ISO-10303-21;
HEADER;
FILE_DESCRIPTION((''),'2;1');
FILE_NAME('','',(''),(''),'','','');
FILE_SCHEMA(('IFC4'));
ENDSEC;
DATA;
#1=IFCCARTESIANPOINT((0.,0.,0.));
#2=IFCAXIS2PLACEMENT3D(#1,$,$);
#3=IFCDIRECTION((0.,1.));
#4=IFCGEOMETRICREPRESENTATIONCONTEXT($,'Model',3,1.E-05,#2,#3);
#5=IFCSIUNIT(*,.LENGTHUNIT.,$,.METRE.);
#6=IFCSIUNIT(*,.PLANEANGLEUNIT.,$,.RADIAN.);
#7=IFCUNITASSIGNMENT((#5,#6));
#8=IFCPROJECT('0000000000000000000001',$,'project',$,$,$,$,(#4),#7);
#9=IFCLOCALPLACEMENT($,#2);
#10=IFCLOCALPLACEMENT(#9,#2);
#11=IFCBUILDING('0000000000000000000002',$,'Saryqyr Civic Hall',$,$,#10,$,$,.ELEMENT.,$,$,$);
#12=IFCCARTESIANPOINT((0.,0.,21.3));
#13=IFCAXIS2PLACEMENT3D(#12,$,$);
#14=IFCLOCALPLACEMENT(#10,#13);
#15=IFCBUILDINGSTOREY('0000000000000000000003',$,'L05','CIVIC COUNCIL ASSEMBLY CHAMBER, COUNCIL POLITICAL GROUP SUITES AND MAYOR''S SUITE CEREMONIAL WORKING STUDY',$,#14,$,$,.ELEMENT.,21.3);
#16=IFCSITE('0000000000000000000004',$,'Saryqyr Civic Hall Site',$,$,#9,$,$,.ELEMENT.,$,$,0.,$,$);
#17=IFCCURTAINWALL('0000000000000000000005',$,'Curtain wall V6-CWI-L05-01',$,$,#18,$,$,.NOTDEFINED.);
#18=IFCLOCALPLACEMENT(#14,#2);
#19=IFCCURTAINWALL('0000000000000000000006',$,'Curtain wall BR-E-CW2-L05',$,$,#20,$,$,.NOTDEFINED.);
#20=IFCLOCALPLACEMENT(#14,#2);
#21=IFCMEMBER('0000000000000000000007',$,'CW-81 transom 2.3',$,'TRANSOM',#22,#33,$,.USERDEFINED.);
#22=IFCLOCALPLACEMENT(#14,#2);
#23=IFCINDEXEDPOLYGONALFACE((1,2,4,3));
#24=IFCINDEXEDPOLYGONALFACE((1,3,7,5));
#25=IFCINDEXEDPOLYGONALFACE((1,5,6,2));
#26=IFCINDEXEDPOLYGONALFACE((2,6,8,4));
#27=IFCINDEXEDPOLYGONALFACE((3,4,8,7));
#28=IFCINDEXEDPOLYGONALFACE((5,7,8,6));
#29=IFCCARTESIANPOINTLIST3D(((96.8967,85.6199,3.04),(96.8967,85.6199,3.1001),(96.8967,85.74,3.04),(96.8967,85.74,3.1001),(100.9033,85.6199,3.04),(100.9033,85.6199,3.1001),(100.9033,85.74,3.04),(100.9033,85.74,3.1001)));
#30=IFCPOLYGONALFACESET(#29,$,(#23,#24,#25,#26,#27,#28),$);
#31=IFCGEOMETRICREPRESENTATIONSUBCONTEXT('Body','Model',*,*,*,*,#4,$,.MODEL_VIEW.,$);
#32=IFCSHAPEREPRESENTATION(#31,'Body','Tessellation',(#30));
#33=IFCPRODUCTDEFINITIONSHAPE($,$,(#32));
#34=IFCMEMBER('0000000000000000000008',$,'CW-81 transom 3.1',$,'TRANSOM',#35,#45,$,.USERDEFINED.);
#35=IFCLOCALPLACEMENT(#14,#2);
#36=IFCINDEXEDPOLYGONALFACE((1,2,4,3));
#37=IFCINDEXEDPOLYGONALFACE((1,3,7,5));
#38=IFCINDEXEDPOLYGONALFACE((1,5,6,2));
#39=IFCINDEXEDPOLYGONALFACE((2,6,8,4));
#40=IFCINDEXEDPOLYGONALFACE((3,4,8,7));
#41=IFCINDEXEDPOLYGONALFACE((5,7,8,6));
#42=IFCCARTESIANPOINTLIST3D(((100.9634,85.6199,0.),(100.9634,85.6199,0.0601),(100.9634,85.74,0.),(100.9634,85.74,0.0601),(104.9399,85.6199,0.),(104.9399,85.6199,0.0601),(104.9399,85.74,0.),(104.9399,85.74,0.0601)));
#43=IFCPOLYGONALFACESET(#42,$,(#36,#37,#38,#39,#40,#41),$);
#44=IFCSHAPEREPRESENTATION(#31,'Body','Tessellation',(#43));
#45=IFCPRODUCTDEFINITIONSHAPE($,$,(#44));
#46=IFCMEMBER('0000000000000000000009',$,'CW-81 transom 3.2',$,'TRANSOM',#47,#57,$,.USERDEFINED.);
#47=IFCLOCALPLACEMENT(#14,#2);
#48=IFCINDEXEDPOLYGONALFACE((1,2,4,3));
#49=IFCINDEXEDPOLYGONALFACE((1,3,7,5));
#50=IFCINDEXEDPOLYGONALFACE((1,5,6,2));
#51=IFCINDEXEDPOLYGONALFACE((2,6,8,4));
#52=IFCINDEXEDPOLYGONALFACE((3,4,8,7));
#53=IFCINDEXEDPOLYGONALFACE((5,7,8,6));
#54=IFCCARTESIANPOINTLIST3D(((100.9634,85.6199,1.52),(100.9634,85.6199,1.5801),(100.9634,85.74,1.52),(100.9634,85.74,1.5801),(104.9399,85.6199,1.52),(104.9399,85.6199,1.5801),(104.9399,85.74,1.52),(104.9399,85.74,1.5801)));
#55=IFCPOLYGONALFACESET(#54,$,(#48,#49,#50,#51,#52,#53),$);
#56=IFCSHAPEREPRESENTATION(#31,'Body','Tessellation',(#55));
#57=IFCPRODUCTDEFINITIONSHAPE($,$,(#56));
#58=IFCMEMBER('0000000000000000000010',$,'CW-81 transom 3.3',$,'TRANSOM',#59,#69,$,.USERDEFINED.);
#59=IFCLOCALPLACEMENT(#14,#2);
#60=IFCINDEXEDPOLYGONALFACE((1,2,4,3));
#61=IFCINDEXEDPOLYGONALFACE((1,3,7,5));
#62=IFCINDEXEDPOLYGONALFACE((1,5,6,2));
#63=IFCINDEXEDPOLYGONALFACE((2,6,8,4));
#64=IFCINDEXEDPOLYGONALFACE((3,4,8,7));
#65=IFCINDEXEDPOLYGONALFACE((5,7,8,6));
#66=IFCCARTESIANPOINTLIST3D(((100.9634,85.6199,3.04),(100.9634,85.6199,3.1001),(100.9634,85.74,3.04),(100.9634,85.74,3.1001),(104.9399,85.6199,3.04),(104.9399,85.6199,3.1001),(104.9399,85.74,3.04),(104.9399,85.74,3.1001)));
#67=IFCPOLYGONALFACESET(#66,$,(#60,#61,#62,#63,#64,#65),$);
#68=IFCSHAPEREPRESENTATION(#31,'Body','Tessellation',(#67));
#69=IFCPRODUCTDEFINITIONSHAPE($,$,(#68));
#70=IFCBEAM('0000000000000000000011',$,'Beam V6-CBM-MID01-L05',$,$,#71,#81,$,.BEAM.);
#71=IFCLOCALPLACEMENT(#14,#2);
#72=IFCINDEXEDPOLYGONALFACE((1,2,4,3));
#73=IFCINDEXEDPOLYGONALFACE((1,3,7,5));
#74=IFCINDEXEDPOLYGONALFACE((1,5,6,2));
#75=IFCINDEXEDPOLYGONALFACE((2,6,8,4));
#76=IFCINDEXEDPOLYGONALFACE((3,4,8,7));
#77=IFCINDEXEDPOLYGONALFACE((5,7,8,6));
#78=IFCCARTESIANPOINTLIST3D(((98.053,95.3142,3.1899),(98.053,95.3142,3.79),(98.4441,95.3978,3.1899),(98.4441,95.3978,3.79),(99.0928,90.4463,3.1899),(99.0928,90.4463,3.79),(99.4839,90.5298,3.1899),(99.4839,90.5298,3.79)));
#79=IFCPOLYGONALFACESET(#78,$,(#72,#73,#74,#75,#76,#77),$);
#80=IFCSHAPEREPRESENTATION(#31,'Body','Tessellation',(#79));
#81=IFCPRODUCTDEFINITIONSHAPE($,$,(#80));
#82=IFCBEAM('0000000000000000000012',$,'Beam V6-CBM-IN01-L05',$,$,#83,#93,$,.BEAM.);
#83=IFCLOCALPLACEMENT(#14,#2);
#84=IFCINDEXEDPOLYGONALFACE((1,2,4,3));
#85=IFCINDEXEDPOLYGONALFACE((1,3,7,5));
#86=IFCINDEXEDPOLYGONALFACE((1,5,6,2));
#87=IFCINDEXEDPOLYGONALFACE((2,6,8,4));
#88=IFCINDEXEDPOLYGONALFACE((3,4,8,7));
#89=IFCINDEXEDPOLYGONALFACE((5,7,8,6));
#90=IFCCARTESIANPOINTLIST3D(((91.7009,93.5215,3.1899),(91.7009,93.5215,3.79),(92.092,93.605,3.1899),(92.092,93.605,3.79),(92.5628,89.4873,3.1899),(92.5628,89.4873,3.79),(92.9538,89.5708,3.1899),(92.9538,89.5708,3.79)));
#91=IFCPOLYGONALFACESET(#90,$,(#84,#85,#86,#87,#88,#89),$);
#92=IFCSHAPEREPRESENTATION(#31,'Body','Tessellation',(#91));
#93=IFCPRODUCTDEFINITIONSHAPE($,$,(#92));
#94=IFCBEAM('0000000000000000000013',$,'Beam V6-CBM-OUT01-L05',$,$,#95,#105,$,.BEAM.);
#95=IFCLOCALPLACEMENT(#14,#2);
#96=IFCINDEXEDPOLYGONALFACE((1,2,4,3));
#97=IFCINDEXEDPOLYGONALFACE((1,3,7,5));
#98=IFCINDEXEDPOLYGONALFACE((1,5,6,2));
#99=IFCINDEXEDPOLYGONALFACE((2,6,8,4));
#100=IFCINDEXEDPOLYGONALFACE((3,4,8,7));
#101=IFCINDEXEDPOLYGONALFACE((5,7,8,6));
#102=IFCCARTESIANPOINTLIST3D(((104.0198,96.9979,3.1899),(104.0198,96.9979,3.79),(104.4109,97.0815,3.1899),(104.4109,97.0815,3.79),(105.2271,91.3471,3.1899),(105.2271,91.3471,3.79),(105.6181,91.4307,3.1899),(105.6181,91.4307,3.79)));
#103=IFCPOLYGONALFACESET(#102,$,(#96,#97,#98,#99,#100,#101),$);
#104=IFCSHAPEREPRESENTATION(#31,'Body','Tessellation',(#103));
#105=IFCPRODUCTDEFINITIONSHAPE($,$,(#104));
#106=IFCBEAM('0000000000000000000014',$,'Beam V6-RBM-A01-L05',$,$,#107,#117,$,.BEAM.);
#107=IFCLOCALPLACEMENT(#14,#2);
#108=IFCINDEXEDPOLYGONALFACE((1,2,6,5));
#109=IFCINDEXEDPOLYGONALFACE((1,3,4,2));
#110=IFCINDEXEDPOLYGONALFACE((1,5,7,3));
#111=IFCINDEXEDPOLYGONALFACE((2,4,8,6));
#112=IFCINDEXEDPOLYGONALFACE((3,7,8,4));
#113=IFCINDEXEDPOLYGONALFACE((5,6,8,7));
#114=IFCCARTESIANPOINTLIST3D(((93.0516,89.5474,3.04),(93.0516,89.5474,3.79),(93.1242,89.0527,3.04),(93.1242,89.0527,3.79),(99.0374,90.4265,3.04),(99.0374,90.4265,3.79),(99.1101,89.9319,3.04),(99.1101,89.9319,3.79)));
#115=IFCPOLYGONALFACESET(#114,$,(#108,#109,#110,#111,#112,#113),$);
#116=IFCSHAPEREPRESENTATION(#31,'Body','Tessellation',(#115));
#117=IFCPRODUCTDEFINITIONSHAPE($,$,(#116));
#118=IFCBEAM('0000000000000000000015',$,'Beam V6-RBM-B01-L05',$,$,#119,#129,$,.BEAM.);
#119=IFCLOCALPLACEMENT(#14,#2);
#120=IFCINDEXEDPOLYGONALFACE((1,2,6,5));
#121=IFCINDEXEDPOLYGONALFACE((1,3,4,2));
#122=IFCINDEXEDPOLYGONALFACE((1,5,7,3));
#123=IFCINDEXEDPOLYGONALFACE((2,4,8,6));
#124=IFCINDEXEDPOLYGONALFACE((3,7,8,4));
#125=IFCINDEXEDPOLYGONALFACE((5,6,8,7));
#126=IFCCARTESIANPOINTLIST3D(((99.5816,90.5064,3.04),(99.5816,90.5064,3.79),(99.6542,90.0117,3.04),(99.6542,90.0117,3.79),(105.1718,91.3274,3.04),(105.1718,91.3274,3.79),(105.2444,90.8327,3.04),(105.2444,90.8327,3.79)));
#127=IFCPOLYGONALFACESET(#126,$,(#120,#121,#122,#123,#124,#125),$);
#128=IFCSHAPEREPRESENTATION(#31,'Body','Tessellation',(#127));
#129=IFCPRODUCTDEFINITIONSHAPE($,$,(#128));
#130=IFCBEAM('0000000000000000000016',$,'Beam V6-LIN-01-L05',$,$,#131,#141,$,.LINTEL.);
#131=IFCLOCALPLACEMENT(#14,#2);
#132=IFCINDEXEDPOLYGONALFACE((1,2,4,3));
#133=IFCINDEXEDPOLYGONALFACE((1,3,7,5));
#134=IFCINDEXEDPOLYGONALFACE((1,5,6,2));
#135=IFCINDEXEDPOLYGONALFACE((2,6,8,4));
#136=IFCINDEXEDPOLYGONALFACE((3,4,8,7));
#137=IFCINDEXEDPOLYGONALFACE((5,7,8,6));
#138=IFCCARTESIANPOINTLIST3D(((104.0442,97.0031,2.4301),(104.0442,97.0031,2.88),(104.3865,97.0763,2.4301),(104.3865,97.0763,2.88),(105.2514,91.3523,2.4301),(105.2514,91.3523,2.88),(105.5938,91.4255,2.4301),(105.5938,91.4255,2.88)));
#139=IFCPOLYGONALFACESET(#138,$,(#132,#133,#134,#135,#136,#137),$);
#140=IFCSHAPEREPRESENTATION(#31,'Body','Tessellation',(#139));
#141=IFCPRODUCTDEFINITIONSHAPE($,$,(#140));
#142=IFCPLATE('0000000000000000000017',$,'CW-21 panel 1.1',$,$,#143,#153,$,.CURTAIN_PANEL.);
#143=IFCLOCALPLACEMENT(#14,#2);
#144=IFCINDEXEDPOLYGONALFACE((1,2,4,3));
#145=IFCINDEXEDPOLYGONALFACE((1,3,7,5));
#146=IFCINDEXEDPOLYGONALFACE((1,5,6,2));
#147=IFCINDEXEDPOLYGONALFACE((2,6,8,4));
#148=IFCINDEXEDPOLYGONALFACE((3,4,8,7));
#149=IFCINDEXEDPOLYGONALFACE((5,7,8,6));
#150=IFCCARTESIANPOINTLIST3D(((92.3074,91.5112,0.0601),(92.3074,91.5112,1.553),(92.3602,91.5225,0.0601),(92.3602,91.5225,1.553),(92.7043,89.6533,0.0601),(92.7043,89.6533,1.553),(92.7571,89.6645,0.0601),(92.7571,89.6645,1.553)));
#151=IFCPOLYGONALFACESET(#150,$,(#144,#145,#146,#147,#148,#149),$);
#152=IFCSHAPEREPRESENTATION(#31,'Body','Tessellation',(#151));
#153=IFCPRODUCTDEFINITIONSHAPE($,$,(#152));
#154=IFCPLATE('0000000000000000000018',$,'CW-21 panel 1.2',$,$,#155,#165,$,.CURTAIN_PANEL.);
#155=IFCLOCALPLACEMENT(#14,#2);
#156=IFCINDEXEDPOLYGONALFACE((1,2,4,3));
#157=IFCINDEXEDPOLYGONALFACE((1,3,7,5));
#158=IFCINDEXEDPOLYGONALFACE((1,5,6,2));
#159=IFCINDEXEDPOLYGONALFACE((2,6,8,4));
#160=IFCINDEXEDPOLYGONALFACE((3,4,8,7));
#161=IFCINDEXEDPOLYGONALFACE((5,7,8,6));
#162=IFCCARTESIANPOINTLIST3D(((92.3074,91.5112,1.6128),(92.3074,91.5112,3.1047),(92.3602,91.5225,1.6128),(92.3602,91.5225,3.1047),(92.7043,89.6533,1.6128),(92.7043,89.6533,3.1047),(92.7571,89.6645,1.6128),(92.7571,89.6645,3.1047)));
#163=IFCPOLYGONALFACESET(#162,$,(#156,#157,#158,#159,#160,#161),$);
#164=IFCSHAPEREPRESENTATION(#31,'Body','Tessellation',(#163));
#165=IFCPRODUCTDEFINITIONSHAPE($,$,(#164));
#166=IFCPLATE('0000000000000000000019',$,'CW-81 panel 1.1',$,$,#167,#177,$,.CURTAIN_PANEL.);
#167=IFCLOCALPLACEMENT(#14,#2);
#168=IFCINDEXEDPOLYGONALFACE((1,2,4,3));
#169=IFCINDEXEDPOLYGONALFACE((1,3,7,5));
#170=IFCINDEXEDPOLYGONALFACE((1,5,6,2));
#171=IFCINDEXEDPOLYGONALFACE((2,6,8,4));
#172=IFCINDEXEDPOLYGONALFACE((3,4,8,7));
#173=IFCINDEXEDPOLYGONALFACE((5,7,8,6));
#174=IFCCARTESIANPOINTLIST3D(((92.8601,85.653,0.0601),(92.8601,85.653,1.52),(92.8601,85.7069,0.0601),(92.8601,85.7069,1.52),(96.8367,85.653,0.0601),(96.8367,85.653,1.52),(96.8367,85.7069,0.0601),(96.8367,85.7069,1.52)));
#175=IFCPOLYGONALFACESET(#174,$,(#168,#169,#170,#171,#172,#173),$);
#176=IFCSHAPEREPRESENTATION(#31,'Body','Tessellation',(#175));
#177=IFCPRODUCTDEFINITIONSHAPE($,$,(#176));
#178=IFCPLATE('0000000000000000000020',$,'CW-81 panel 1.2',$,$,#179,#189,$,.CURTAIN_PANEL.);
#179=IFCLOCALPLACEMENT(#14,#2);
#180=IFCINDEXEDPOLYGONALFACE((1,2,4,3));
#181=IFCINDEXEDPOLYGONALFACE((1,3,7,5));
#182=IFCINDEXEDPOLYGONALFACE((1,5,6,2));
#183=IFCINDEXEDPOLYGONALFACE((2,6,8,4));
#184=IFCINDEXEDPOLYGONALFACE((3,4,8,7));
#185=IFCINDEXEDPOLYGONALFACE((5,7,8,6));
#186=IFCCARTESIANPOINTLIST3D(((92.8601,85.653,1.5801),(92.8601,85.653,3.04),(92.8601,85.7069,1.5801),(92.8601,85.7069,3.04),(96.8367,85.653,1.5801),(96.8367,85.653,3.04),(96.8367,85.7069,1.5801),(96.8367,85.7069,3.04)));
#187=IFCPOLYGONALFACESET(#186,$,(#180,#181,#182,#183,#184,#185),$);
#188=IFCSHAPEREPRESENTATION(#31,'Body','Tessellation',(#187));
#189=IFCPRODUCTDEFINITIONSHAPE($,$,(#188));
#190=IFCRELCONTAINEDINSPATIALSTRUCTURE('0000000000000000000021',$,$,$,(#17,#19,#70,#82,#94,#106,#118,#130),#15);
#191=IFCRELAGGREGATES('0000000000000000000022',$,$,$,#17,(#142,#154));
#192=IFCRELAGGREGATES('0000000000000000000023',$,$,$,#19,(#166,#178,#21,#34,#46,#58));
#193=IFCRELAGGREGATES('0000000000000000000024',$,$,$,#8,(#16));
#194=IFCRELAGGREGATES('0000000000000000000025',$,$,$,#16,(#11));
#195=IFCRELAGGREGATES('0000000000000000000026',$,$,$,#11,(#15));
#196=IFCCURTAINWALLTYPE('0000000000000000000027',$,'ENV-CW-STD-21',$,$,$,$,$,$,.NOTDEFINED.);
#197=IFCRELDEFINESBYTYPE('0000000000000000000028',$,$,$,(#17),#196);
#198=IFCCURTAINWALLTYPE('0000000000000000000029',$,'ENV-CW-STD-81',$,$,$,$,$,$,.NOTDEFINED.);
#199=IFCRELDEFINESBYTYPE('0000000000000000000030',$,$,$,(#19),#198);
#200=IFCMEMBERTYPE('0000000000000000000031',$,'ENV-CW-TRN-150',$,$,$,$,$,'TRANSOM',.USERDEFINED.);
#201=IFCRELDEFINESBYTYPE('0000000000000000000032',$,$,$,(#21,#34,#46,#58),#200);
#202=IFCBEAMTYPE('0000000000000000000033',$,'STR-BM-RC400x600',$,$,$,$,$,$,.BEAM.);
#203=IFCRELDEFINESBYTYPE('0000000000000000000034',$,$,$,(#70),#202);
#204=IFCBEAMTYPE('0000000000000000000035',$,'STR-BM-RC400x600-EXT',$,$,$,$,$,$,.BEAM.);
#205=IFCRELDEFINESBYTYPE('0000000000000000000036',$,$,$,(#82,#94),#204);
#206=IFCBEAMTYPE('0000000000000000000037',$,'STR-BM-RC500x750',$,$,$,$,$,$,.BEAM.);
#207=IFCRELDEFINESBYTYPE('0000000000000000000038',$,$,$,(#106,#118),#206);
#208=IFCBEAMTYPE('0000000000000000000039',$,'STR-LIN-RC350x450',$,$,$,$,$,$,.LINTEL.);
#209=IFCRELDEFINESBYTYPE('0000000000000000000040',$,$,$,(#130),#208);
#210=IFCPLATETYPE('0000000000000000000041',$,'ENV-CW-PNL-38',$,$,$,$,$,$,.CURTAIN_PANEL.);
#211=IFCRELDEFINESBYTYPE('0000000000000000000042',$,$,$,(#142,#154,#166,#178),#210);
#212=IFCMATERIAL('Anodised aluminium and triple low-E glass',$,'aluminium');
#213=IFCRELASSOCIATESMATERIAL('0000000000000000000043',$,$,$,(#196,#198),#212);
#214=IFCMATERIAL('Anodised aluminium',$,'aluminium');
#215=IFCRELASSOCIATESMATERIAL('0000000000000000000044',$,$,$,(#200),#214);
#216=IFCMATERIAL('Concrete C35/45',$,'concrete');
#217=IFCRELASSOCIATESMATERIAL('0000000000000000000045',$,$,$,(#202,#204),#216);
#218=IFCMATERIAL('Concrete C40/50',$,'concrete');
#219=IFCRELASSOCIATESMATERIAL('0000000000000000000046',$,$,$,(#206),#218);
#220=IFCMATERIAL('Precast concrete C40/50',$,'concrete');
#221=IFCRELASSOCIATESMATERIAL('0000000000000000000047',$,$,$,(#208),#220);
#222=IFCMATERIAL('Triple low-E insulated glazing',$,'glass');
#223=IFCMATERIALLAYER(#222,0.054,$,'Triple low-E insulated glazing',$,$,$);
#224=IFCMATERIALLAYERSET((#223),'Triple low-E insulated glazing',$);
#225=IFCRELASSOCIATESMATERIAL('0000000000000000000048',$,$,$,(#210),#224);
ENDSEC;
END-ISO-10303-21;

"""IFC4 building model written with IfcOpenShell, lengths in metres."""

from ifc_helpers import new_model, si_unit, direction, frame, origin, origin_2d, place, context, subcontext, project, spatial, rectangle, extrude, material, layer, layer_set, material_profile, profile_set, type_object, element, aggregate, save


model = new_model("IFC4")

# Units and contexts
model_context = context("Model", 3, precision=1e-05, world=origin(), true_north=direction((0.0, 1.0)))
body_context = subcontext(model_context, "Body", "Model", "MODEL_VIEW")
ifc_project = project(units=[si_unit("LENGTHUNIT", "METRE"), si_unit("PLANEANGLEUNIT", "RADIAN")], contexts=[model_context])

# Site, building, storey
site_placement = place(None, origin())
site = spatial("IfcSite", under=ifc_project, at=site_placement, Name="Saryqyr Civic Hall Site", CompositionType="ELEMENT", RefElevation=0.0)
building_placement = place(site_placement, origin())
building = spatial("IfcBuilding", under=site, at=building_placement, Name="Saryqyr Civic Hall", CompositionType="ELEMENT")
storey_placement = place(building_placement, frame((0.0, 0.0, 21.3)))
storey = spatial("IfcBuildingStorey", under=building, at=storey_placement, Name="L05", Description="CIVIC COUNCIL ASSEMBLY CHAMBER, COUNCIL POLITICAL GROUP SUITES AND MAYOR'S SUITE CEREMONIAL WORKING STUDY", CompositionType="ELEMENT", Elevation=21.3)

# Shared definitions
ifc_material_1 = material(Name="Concrete C40/50", Category="concrete")

# Shared definitions
ifc_material_2 = material(Name="Anodised aluminium and triple low-E glass", Category="aluminium")
ifc_material_3 = material(Name="Anodised aluminium", Category="aluminium")

# Curtain walls, members
curtain_wall_type_1 = type_object("IfcCurtainWallType", Name="ENV-CW-STD-21", PredefinedType="NOTDEFINED", material=ifc_material_2)
curtain_wall_1_placement = place(storey_placement, origin())
curtain_wall_1 = element("IfcCurtainWall", 1, at=curtain_wall_1_placement, inside=storey, type_object=curtain_wall_type_1, Name="Curtain wall V6-CWI-L05-01", PredefinedType="NOTDEFINED")
ifc_material_profile_1 = material_profile(ifc_material_3, rectangle(XDim=0.1201, YDim=0.0601, at=origin_2d()), Name="ALU TRANSOM 120x60")
ifc_profile_set_1 = profile_set([ifc_material_profile_1], Name="Anodised aluminium")
member_type_1 = type_object("IfcMemberType", Name="ENV-CW-TRN-150", ElementType="TRANSOM", PredefinedType="USERDEFINED", material=ifc_profile_set_1)
curtain_wall_type_2 = type_object("IfcCurtainWallType", Name="ENV-CW-STD-81", PredefinedType="NOTDEFINED", material=ifc_material_2)
curtain_wall_2_placement = place(storey_placement, origin())
curtain_wall_2 = element("IfcCurtainWall", 2, at=curtain_wall_2_placement, inside=storey, type_object=curtain_wall_type_2, Name="Curtain wall BR-E-CW2-L05", PredefinedType="NOTDEFINED")
member_1_placement = place(storey_placement, frame((96.8967, 85.6799, 3.0701), z_axis=(1.0, 0.0, 0.0), x_axis=(0.0, 1.0, 0.0)))
member_1 = element("IfcMember", 3, at=member_1_placement, type_object=member_type_1, Name="CW-81 transom 2.3", ObjectType="TRANSOM", PredefinedType="USERDEFINED", context=body_context, shape_type="SweptSolid", body=[
    extrude(rectangle(XDim=0.1201, YDim=0.0601, at=origin_2d()), origin(), (0.0, 0.0, 1.0), 4.0066),
])
member_2_placement = place(storey_placement, frame((100.9634, 85.6799, 0.03), z_axis=(1.0, 0.0, 0.0), x_axis=(0.0, 1.0, 0.0)))
member_2 = element("IfcMember", 4, at=member_2_placement, type_object=member_type_1, Name="CW-81 transom 3.1", ObjectType="TRANSOM", PredefinedType="USERDEFINED", context=body_context, shape_type="SweptSolid", body=[
    extrude(rectangle(XDim=0.1201, YDim=0.0601, at=origin_2d()), origin(), (0.0, 0.0, 1.0), 3.9766),
])
member_3_placement = place(storey_placement, frame((100.9634, 85.6799, 1.55), z_axis=(1.0, 0.0, 0.0), x_axis=(0.0, 1.0, 0.0)))
member_3 = element("IfcMember", 5, at=member_3_placement, type_object=member_type_1, Name="CW-81 transom 3.2", ObjectType="TRANSOM", PredefinedType="USERDEFINED", context=body_context, shape_type="SweptSolid", body=[
    extrude(rectangle(XDim=0.1201, YDim=0.0601, at=origin_2d()), origin(), (0.0, 0.0, 1.0), 3.9766),
])
member_4_placement = place(storey_placement, frame((100.9634, 85.6799, 3.0701), z_axis=(1.0, 0.0, 0.0), x_axis=(0.0, 1.0, 0.0)))
member_4 = element("IfcMember", 6, at=member_4_placement, type_object=member_type_1, Name="CW-81 transom 3.3", ObjectType="TRANSOM", PredefinedType="USERDEFINED", context=body_context, shape_type="SweptSolid", body=[
    extrude(rectangle(XDim=0.1201, YDim=0.0601, at=origin_2d()), origin(), (0.0, 0.0, 1.0), 3.9766),
])

# Beams
ifc_material_4 = material(Name="Concrete C35/45", Category="concrete")
ifc_material_profile_2 = material_profile(ifc_material_4, rectangle(XDim=0.3999, YDim=0.6001, at=origin_2d()), Name="RC 400x600")
ifc_profile_set_2 = profile_set([ifc_material_profile_2], Name="Concrete C35/45")
beam_type_1 = type_object("IfcBeamType", Name="STR-BM-RC400x600", PredefinedType="BEAM", material=ifc_profile_set_2)
beam_1_placement = place(storey_placement, frame((99.2883, 90.488, 3.49), z_axis=(-0.208889, 0.977939, 0.0), x_axis=(-0.977939, -0.208889, 0.0)))
element("IfcBeam", 7, at=beam_1_placement, inside=storey, type_object=beam_type_1, Name="Beam V6-CBM-MID01-L05", PredefinedType="BEAM", context=body_context, shape_type="SweptSolid", body=[
    extrude(rectangle(XDim=0.3999, YDim=0.6001, at=origin_2d()), origin(), (0.0, 0.0, 1.0), 4.9778),
])
ifc_material_profile_3 = material_profile(ifc_material_4, rectangle(XDim=0.3999, YDim=0.6001, at=origin_2d()), Name="RC 400x600")
ifc_profile_set_3 = profile_set([ifc_material_profile_3], Name="Concrete C35/45")
beam_type_2 = type_object("IfcBeamType", Name="STR-BM-RC400x600-EXT", PredefinedType="BEAM", material=ifc_profile_set_3)
beam_2_placement = place(storey_placement, frame((92.7583, 89.5291, 3.49), z_axis=(-0.208915, 0.977934, 0.0), x_axis=(-0.977934, -0.208915, 0.0)))
element("IfcBeam", 8, at=beam_2_placement, inside=storey, type_object=beam_type_2, Name="Beam V6-CBM-IN01-L05", PredefinedType="BEAM", context=body_context, shape_type="SweptSolid", body=[
    extrude(rectangle(XDim=0.3999, YDim=0.6001, at=origin_2d()), origin(), (0.0, 0.0, 1.0), 4.1252),
])
beam_3_placement = place(storey_placement, frame((105.4226, 91.3889, 3.49), z_axis=(-0.208929, 0.977931, 0.0), x_axis=(-0.977931, -0.208929, 0.0)))
element("IfcBeam", 9, at=beam_3_placement, inside=storey, type_object=beam_type_2, Name="Beam V6-CBM-OUT01-L05", PredefinedType="BEAM", context=body_context, shape_type="SweptSolid", body=[
    extrude(rectangle(XDim=0.3999, YDim=0.6001, at=origin_2d()), origin(), (0.0, 0.0, 1.0), 5.7783),
])
ifc_material_profile_4 = material_profile(ifc_material_1, rectangle(XDim=0.5, YDim=0.75, at=origin_2d()), Name="RC 500x750")
ifc_profile_set_4 = profile_set([ifc_material_profile_4], Name="Concrete C40/50")
beam_type_3 = type_object("IfcBeamType", Name="STR-BM-RC500x750", PredefinedType="BEAM", material=ifc_profile_set_4)
beam_4_placement = place(storey_placement, frame((93.0879, 89.3, 3.415), z_axis=(0.989386, 0.145313, 0.0), x_axis=(-0.145313, 0.989386, 0.0)))
element("IfcBeam", 10, at=beam_4_placement, inside=storey, type_object=beam_type_3, Name="Beam V6-RBM-A01-L05", PredefinedType="BEAM", context=body_context, shape_type="SweptSolid", body=[
    extrude(rectangle(XDim=0.5, YDim=0.75, at=origin_2d()), origin(), (0.0, 0.0, 1.0), 6.05),
])
beam_5_placement = place(storey_placement, frame((99.6179, 90.259, 3.415), z_axis=(0.989385, 0.145316, 0.0), x_axis=(-0.145316, 0.989385, 0.0)))
element("IfcBeam", 11, at=beam_5_placement, inside=storey, type_object=beam_type_3, Name="Beam V6-RBM-B01-L05", PredefinedType="BEAM", context=body_context, shape_type="SweptSolid", body=[
    extrude(rectangle(XDim=0.5, YDim=0.75, at=origin_2d()), origin(), (0.0, 0.0, 1.0), 5.6501),
])
ifc_material_5 = material(Name="Precast concrete C40/50", Category="concrete")
ifc_material_profile_5 = material_profile(ifc_material_5, rectangle(XDim=0.3501, YDim=0.45, at=origin_2d()), Name="RC 350x450")
ifc_profile_set_5 = profile_set([ifc_material_profile_5], Name="Precast concrete C40/50")
beam_type_4 = type_object("IfcBeamType", Name="STR-LIN-RC350x450", PredefinedType="LINTEL", material=ifc_profile_set_5)
beam_6_placement = place(storey_placement, frame((105.4226, 91.3889, 2.655), z_axis=(-0.208929, 0.977931, 0.0), x_axis=(-0.977931, -0.208929, 0.0)))
element("IfcBeam", 12, at=beam_6_placement, inside=storey, type_object=beam_type_4, Name="Beam V6-LIN-01-L05", PredefinedType="LINTEL", context=body_context, shape_type="SweptSolid", body=[
    extrude(rectangle(XDim=0.3501, YDim=0.45, at=origin_2d()), origin(), (0.0, 0.0, 1.0), 5.7783),
])

# Plates
ifc_material_6 = material(Name="Triple low-E insulated glazing", Category="glass")
ifc_layer_1 = layer(ifc_material_6, 0.054, Name="Triple low-E insulated glazing")
ifc_layer_set_1 = layer_set([ifc_layer_1], Name="Triple low-E insulated glazing")
plate_type = type_object("IfcPlateType", Name="ENV-CW-PNL-38", PredefinedType="CURTAIN_PANEL", material=ifc_layer_set_1)
plate_1_placement = place(storey_placement, frame((92.5322, 90.5879, 0.0601), z_axis=(0.0, 0.0, 1.0), x_axis=(-0.208899, 0.977937, 0.0)))
plate_1 = element("IfcPlate", 13, at=plate_1_placement, type_object=plate_type, Name="CW-21 panel 1.1", PredefinedType="CURTAIN_PANEL", context=body_context, shape_type="SweptSolid", body=[
    extrude(rectangle(XDim=1.8999, YDim=0.054, at=origin_2d()), origin(), (0.0, 0.0, 1.0), 1.4929),
])
plate_2_placement = place(storey_placement, frame((92.5322, 90.5879, 1.6128), z_axis=(0.0, 0.0, 1.0), x_axis=(-0.208899, 0.977937, 0.0)))
plate_2 = element("IfcPlate", 14, at=plate_2_placement, type_object=plate_type, Name="CW-21 panel 1.2", PredefinedType="CURTAIN_PANEL", context=body_context, shape_type="SweptSolid", body=[
    extrude(rectangle(XDim=1.8999, YDim=0.054, at=origin_2d()), origin(), (0.0, 0.0, 1.0), 1.4919),
])
aggregate(curtain_wall_1, [plate_1, plate_2])
plate_3_placement = place(storey_placement, frame((94.8484, 85.6799, 0.0601), z_axis=(0.0, 0.0, 1.0), x_axis=(1.0, 0.0, 0.0)))
plate_3 = element("IfcPlate", 15, at=plate_3_placement, type_object=plate_type, Name="CW-81 panel 1.1", PredefinedType="CURTAIN_PANEL", context=body_context, shape_type="SweptSolid", body=[
    extrude(rectangle(XDim=3.9766, YDim=0.054, at=origin_2d()), origin(), (0.0, 0.0, 1.0), 1.46),
])
plate_4_placement = place(storey_placement, frame((94.8484, 85.6799, 1.5801), z_axis=(0.0, 0.0, 1.0), x_axis=(1.0, 0.0, 0.0)))
plate_4 = element("IfcPlate", 16, at=plate_4_placement, type_object=plate_type, Name="CW-81 panel 1.2", PredefinedType="CURTAIN_PANEL", context=body_context, shape_type="SweptSolid", body=[
    extrude(rectangle(XDim=3.9766, YDim=0.054, at=origin_2d()), origin(), (0.0, 0.0, 1.0), 1.46),
])
aggregate(curtain_wall_2, [plate_3, plate_4, member_1, member_2, member_3, member_4])

save(model, "model.ifc")
